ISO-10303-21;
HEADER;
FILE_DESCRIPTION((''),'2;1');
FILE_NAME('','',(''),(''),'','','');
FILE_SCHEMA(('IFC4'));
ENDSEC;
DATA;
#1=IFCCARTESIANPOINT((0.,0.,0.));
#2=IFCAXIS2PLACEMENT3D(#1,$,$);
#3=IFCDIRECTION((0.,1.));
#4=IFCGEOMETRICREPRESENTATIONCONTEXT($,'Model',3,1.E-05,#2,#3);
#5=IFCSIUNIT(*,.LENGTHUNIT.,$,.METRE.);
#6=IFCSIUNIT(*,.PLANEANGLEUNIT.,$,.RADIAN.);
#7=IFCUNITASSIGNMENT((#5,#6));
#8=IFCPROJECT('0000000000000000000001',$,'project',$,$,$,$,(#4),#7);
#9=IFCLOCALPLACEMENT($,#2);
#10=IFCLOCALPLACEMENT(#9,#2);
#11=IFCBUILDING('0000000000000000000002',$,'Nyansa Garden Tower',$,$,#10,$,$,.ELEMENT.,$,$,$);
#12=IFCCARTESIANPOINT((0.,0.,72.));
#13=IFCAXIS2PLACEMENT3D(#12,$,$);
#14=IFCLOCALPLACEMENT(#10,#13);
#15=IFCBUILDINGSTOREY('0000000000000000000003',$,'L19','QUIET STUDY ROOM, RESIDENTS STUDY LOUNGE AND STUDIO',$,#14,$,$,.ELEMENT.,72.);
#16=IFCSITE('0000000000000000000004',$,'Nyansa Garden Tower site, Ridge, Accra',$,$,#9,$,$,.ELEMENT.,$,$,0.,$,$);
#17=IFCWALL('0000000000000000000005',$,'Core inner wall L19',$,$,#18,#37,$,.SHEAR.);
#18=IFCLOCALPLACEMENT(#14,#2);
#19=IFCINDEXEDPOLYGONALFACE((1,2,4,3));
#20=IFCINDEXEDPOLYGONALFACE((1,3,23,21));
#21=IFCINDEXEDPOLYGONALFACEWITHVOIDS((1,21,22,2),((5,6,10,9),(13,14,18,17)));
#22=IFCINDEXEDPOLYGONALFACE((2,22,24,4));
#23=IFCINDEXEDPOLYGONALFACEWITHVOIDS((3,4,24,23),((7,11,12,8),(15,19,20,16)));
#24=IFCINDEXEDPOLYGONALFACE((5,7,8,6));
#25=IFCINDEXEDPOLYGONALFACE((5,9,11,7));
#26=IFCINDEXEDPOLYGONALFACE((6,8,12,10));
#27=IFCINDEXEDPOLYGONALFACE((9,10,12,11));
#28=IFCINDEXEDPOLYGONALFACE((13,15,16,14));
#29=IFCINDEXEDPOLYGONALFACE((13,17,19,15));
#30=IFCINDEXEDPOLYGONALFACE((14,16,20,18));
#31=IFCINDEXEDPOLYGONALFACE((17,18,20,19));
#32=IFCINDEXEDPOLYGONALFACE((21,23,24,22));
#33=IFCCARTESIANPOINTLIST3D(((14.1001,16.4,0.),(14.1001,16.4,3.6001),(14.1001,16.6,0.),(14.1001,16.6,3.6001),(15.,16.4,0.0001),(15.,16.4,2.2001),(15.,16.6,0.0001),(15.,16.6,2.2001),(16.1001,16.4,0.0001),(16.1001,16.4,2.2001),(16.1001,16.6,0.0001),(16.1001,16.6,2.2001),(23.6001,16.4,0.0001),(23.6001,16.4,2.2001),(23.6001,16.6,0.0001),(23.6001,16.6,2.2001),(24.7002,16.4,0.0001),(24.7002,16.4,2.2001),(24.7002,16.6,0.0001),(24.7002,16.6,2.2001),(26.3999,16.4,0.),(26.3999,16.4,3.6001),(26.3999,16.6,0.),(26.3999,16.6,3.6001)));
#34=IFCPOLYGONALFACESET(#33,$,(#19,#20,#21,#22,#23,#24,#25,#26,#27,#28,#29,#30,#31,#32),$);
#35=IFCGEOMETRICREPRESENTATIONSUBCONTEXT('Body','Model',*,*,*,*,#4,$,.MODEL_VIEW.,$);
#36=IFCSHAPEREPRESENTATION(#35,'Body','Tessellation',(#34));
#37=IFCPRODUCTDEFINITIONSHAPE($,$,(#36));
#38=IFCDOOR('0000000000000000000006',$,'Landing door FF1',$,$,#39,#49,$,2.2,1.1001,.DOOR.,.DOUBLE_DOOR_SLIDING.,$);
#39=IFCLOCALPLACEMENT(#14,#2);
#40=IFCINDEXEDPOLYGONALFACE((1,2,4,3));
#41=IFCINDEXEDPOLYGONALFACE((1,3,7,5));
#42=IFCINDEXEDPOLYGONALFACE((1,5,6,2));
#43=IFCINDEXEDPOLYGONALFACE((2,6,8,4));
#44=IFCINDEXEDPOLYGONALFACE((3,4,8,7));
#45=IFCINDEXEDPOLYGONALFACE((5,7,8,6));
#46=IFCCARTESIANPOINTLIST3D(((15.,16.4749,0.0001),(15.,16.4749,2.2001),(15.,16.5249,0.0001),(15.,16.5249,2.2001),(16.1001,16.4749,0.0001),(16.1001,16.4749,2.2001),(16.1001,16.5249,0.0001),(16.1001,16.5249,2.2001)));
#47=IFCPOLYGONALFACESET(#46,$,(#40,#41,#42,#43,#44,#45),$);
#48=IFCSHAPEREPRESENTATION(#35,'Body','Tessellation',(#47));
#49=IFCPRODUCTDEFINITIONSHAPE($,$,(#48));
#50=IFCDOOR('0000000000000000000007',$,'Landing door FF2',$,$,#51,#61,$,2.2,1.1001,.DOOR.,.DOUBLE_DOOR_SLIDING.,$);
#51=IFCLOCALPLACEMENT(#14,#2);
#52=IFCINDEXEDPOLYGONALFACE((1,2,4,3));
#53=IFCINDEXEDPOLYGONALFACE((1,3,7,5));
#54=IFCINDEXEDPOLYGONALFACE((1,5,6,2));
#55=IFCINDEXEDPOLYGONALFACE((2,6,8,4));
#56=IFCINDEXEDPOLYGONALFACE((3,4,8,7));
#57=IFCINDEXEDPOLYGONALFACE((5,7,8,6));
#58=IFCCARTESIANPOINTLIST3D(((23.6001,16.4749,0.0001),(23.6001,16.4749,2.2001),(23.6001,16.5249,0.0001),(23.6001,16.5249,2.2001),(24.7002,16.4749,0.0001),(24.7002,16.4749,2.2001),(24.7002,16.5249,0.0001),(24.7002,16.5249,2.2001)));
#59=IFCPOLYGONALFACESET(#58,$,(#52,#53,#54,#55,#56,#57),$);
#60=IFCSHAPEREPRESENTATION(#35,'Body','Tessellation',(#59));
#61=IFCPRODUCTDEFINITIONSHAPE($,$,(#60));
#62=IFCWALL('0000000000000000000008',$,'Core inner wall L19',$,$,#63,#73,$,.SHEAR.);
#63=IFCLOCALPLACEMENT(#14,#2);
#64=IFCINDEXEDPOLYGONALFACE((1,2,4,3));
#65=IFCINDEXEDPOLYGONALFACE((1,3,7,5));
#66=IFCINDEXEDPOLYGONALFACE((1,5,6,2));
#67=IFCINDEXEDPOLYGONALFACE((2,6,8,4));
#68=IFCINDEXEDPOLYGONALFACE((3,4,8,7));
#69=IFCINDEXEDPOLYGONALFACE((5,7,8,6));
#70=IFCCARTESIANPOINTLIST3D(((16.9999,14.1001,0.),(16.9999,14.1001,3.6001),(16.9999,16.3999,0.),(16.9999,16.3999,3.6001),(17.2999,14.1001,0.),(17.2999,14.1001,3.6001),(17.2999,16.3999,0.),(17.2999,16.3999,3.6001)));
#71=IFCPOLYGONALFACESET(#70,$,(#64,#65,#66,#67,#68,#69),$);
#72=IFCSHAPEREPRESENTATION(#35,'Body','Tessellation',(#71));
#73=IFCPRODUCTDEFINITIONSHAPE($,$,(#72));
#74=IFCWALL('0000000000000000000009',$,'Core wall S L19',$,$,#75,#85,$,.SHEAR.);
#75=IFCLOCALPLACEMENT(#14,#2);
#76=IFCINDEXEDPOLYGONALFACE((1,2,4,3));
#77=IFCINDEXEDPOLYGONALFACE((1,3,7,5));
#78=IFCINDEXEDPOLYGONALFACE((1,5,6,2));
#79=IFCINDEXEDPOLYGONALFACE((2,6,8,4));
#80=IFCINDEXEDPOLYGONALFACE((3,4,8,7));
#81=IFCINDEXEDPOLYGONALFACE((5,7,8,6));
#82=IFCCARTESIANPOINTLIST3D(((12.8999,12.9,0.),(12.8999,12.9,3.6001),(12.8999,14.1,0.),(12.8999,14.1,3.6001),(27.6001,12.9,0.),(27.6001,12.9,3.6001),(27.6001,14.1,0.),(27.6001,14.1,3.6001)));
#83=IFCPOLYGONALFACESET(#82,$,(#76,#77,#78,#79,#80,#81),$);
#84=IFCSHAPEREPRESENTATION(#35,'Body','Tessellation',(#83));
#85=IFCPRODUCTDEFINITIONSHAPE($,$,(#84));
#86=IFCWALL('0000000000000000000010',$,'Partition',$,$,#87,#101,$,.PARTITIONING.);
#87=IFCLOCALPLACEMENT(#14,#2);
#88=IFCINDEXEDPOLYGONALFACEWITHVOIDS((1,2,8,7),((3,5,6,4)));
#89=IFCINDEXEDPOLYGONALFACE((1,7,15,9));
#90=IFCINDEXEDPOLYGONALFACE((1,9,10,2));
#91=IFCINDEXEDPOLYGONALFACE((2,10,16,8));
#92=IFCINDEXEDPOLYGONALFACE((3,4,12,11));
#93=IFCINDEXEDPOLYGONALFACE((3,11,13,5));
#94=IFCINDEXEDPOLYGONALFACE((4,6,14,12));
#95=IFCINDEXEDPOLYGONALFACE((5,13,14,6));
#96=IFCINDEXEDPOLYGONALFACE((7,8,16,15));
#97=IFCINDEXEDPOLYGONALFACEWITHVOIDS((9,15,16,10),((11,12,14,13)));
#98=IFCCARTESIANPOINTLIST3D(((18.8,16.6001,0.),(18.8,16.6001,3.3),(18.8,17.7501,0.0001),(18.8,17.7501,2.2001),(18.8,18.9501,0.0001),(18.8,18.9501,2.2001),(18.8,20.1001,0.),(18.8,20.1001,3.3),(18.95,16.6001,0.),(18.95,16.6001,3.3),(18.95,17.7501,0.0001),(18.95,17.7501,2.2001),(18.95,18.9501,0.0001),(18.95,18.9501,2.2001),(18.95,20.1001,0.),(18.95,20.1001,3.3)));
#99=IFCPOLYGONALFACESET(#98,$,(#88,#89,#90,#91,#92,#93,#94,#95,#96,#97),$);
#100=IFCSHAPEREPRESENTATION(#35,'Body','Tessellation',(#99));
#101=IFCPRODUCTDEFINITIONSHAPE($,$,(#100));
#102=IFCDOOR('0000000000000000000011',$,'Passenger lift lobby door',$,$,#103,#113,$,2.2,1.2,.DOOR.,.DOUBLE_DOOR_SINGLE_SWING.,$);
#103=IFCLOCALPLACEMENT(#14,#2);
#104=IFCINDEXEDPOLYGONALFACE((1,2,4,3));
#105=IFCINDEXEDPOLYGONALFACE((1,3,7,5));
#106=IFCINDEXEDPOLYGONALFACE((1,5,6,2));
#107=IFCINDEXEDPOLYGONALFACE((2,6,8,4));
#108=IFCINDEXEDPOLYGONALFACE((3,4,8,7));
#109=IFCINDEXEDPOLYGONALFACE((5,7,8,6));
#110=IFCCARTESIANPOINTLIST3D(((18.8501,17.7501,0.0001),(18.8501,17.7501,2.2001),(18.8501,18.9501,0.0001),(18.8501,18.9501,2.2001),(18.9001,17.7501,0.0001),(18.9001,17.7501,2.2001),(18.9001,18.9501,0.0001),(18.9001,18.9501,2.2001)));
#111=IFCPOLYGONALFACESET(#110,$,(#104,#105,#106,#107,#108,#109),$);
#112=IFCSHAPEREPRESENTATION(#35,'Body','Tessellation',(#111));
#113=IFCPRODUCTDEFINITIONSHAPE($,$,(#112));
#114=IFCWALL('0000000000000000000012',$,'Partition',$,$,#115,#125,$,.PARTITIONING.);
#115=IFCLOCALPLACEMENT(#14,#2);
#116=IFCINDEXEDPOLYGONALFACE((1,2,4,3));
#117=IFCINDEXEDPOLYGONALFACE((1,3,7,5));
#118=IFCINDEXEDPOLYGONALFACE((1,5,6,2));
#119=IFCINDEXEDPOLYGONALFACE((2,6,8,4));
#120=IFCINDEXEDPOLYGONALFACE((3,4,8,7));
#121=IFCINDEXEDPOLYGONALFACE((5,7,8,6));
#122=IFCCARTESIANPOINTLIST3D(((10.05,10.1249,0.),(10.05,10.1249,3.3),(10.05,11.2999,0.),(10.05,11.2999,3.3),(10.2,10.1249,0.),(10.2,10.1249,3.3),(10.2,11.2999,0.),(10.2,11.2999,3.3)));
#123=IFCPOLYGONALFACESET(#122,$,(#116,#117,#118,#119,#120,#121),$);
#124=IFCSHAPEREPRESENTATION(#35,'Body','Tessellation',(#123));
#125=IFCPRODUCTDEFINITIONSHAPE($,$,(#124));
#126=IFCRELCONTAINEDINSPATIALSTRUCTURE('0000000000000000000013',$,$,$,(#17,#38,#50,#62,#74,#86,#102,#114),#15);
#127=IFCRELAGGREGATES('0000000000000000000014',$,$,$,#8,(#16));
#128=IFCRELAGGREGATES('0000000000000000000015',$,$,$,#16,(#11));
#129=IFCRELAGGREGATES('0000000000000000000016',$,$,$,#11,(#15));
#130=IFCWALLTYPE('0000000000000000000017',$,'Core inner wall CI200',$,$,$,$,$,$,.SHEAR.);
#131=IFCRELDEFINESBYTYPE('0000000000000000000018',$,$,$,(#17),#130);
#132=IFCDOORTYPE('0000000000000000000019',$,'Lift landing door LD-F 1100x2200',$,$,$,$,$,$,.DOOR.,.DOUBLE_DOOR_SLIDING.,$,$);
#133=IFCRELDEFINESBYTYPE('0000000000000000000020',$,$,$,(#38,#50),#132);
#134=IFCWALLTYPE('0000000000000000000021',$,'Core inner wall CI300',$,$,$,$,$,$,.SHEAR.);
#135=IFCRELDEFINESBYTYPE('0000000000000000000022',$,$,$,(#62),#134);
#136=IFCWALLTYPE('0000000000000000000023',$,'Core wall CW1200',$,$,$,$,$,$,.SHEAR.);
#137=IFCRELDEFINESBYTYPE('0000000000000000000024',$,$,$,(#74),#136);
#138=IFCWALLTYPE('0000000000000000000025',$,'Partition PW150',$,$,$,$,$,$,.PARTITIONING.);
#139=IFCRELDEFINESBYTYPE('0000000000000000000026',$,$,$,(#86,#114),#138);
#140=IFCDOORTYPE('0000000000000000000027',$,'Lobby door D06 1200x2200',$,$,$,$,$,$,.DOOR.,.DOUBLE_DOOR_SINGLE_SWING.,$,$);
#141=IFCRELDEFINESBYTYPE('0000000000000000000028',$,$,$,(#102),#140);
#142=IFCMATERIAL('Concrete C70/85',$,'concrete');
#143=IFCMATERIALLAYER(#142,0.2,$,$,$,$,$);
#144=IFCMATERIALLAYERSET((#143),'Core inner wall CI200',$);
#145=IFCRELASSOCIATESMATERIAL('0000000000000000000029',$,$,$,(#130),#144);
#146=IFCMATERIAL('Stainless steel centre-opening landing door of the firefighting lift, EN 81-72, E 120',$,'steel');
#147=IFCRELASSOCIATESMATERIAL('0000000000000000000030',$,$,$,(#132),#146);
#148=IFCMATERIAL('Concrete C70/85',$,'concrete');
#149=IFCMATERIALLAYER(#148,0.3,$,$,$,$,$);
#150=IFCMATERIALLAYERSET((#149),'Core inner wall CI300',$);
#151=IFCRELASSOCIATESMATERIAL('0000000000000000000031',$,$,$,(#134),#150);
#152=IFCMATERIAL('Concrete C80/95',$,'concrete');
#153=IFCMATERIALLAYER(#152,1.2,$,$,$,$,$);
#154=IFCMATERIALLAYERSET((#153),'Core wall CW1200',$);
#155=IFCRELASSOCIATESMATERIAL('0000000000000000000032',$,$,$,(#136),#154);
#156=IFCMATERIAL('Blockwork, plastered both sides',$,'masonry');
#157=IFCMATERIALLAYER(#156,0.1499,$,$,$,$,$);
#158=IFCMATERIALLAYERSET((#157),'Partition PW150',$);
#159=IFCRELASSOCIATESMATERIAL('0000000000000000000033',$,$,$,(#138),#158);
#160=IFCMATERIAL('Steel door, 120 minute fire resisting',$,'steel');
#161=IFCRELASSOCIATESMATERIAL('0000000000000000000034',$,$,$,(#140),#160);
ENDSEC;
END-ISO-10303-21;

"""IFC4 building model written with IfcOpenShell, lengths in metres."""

from ifc_helpers import new_model, si_unit, direction, frame, frame_2d, origin, place, context, subcontext, project, spatial, rectangle, extrude, material, layer, layer_set, type_object, element, fill, save


model = new_model("IFC4")

# Units and contexts
model_context = context("Model", 3, precision=1e-05, world=origin(), true_north=direction((0.0, 1.0)))
body_context = subcontext(model_context, "Body", "Model", "MODEL_VIEW")
ifc_project = project(units=[si_unit("LENGTHUNIT", "METRE"), si_unit("PLANEANGLEUNIT", "RADIAN")], contexts=[model_context])

# Site, building, storey
site_placement = place(None, origin())
site = spatial("IfcSite", under=ifc_project, at=site_placement, Name="Nyansa Garden Tower site, Ridge, Accra", CompositionType="ELEMENT", RefElevation=0.0)
building_placement = place(site_placement, origin())
building = spatial("IfcBuilding", under=site, at=building_placement, Name="Nyansa Garden Tower", CompositionType="ELEMENT")
storey_placement = place(building_placement, frame((0.0, 0.0, 72.0)))
storey = spatial("IfcBuildingStorey", under=building, at=storey_placement, Name="L19", Description="QUIET STUDY ROOM, RESIDENTS STUDY LOUNGE AND STUDIO", CompositionType="ELEMENT", Elevation=72.0)

# Wall, openings, doors
ifc_material_1 = material(Name="Concrete C70/85", Category="concrete")
ifc_layer_1 = layer(ifc_material_1, 0.2)
ifc_layer_set_1 = layer_set([ifc_layer_1], Name="Core inner wall CI200")
wall_type_1 = type_object("IfcWallType", Name="Core inner wall CI200", PredefinedType="SHEAR", material=ifc_layer_set_1)
wall_1_placement = place(storey_placement, frame((14.1001, 16.5, 0.0), z_axis=(0.0, 0.0, 1.0), x_axis=(1.0, 0.0, 0.0)))
wall_1 = element("IfcWall", 1, at=wall_1_placement, inside=storey, type_object=wall_type_1, Name="Core inner wall L19", PredefinedType="SHEAR", context=body_context, shape_type="SweptSolid", body=[
    extrude(rectangle(XDim=12.2998, YDim=0.2, at=frame_2d((6.1499, 0.0))), origin(), (0.0, 0.0, 1.0), 3.6001),
])
opening_1_placement = place(wall_1_placement, frame((0.8999, 0.0, 0.0)))
opening_1 = element("IfcOpeningElement", 2, at=opening_1_placement, cuts=wall_1, PredefinedType="OPENING", context=body_context, shape_type="SweptSolid", body=[
    extrude(rectangle(XDim=1.1001, YDim=2.2, at=frame_2d((0.55, 1.1001))), frame((0.0, 0.1099, 0.0), z_axis=(0.0, -1.0, 0.0), x_axis=(1.0, 0.0, 0.0)), (0.0, 0.0, 1.0), 0.22),
])
opening_2_placement = place(wall_1_placement, frame((9.5, 0.0, 0.0)))
opening_2 = element("IfcOpeningElement", 3, at=opening_2_placement, cuts=wall_1, PredefinedType="OPENING", context=body_context, shape_type="SweptSolid", body=[
    extrude(rectangle(XDim=1.1001, YDim=2.2, at=frame_2d((0.55, 1.1001))), frame((0.0, 0.1099, 0.0), z_axis=(0.0, -1.0, 0.0), x_axis=(1.0, 0.0, 0.0)), (0.0, 0.0, 1.0), 0.22),
])
ifc_material_2 = material(Name="Stainless steel centre-opening landing door of the firefighting lift, EN 81-72, E 120", Category="steel")
door_type_1 = type_object("IfcDoorType", Name="Lift landing door LD-F 1100x2200", OperationType="DOUBLE_DOOR_SLIDING", PredefinedType="DOOR", material=ifc_material_2)
door_1_placement = place(opening_1_placement, origin())
door_1 = element("IfcDoor", 4, at=door_1_placement, inside=storey, type_object=door_type_1, Name="Landing door FF1", OperationType="DOUBLE_DOOR_SLIDING", OverallHeight=2.2, OverallWidth=1.1001, PredefinedType="DOOR", context=body_context, shape_type="SweptSolid", body=[
    extrude(rectangle(XDim=1.1001, YDim=2.2, at=frame_2d((0.55, 1.1001))), frame((0.0, 0.0249, 0.0), z_axis=(0.0, -1.0, 0.0), x_axis=(1.0, 0.0, 0.0)), (0.0, 0.0, 1.0), 0.05),
])
fill(opening_1, door_1)
door_2_placement = place(opening_2_placement, origin())
door_2 = element("IfcDoor", 5, at=door_2_placement, inside=storey, type_object=door_type_1, Name="Landing door FF2", OperationType="DOUBLE_DOOR_SLIDING", OverallHeight=2.2, OverallWidth=1.1001, PredefinedType="DOOR", context=body_context, shape_type="SweptSolid", body=[
    extrude(rectangle(XDim=1.1001, YDim=2.2, at=frame_2d((0.55, 1.1001))), frame((0.0, 0.0249, 0.0), z_axis=(0.0, -1.0, 0.0), x_axis=(1.0, 0.0, 0.0)), (0.0, 0.0, 1.0), 0.05),
])
fill(opening_2, door_2)

# Walls
ifc_material_3 = material(Name="Concrete C70/85", Category="concrete")
ifc_layer_2 = layer(ifc_material_3, 0.3)
ifc_layer_set_2 = layer_set([ifc_layer_2], Name="Core inner wall CI300")
wall_type_2 = type_object("IfcWallType", Name="Core inner wall CI300", PredefinedType="SHEAR", material=ifc_layer_set_2)
wall_2_placement = place(storey_placement, frame((17.1499, 14.1001, 0.0), z_axis=(0.0, 0.0, 1.0), x_axis=(0.0, 1.0, 0.0)))
element("IfcWall", 6, at=wall_2_placement, inside=storey, type_object=wall_type_2, Name="Core inner wall L19", PredefinedType="SHEAR", context=body_context, shape_type="SweptSolid", body=[
    extrude(rectangle(XDim=2.2998, YDim=0.3, at=frame_2d((1.1499, 0.0))), origin(), (0.0, 0.0, 1.0), 3.6001),
])
ifc_material_4 = material(Name="Concrete C80/95", Category="concrete")
ifc_layer_3 = layer(ifc_material_4, 1.2)
ifc_layer_set_3 = layer_set([ifc_layer_3], Name="Core wall CW1200")
wall_type_3 = type_object("IfcWallType", Name="Core wall CW1200", PredefinedType="SHEAR", material=ifc_layer_set_3)
wall_3_placement = place(storey_placement, frame((12.8999, 13.5, 0.0), z_axis=(0.0, 0.0, 1.0), x_axis=(1.0, 0.0, 0.0)))
element("IfcWall", 7, at=wall_3_placement, inside=storey, type_object=wall_type_3, Name="Core wall S L19", PredefinedType="SHEAR", context=body_context, shape_type="SweptSolid", body=[
    extrude(rectangle(XDim=14.7002, YDim=1.2, at=frame_2d((7.3501, 0.0))), origin(), (0.0, 0.0, 1.0), 3.6001),
])

# Wall, opening, door
ifc_material_5 = material(Name="Blockwork, plastered both sides", Category="masonry")
ifc_layer_4 = layer(ifc_material_5, 0.1499)
ifc_layer_set_4 = layer_set([ifc_layer_4], Name="Partition PW150")
wall_type_4 = type_object("IfcWallType", Name="Partition PW150", PredefinedType="PARTITIONING", material=ifc_layer_set_4)
wall_4_placement = place(storey_placement, frame((18.875, 16.6001, 0.0), z_axis=(0.0, 0.0, 1.0), x_axis=(0.0, 1.0, 0.0)))
wall_4 = element("IfcWall", 8, at=wall_4_placement, inside=storey, type_object=wall_type_4, Name="Partition", PredefinedType="PARTITIONING", context=body_context, shape_type="SweptSolid", body=[
    extrude(rectangle(XDim=3.5, YDim=0.1499, at=frame_2d((1.75, 0.0))), origin(), (0.0, 0.0, 1.0), 3.3),
])
opening_3_placement = place(wall_4_placement, frame((1.1499, 0.0, 0.0)))
opening_3 = element("IfcOpeningElement", 9, at=opening_3_placement, cuts=wall_4, PredefinedType="OPENING", context=body_context, shape_type="SweptSolid", body=[
    extrude(rectangle(XDim=1.2, YDim=2.2, at=frame_2d((0.6001, 1.1001))), frame((0.0, 0.085, 0.0), z_axis=(0.0, -1.0, 0.0), x_axis=(1.0, 0.0, 0.0)), (0.0, 0.0, 1.0), 0.1699),
])
ifc_material_6 = material(Name="Steel door, 120 minute fire resisting", Category="steel")
door_type_2 = type_object("IfcDoorType", Name="Lobby door D06 1200x2200", OperationType="DOUBLE_DOOR_SINGLE_SWING", PredefinedType="DOOR", material=ifc_material_6)
door_3_placement = place(opening_3_placement, origin())
door_3 = element("IfcDoor", 10, at=door_3_placement, inside=storey, type_object=door_type_2, Name="Passenger lift lobby door", OperationType="DOUBLE_DOOR_SINGLE_SWING", OverallHeight=2.2, OverallWidth=1.2, PredefinedType="DOOR", context=body_context, shape_type="SweptSolid", body=[
    extrude(rectangle(XDim=1.2, YDim=2.2, at=frame_2d((0.6001, 1.1001))), frame((0.0, 0.0249, 0.0), z_axis=(0.0, -1.0, 0.0), x_axis=(1.0, 0.0, 0.0)), (0.0, 0.0, 1.0), 0.05),
])
fill(opening_3, door_3)

# Wall
wall_5_placement = place(storey_placement, frame((10.125, 10.125, 0.0), z_axis=(0.0, 0.0, 1.0), x_axis=(0.0, 1.0, 0.0)))
element("IfcWall", 11, at=wall_5_placement, inside=storey, type_object=wall_type_4, Name="Partition", PredefinedType="PARTITIONING", context=body_context, shape_type="SweptSolid", body=[
    extrude(rectangle(XDim=1.175, YDim=0.1499, at=frame_2d((0.5874, 0.0))), origin(), (0.0, 0.0, 1.0), 3.3),
])

save(model, "model.ifc")
